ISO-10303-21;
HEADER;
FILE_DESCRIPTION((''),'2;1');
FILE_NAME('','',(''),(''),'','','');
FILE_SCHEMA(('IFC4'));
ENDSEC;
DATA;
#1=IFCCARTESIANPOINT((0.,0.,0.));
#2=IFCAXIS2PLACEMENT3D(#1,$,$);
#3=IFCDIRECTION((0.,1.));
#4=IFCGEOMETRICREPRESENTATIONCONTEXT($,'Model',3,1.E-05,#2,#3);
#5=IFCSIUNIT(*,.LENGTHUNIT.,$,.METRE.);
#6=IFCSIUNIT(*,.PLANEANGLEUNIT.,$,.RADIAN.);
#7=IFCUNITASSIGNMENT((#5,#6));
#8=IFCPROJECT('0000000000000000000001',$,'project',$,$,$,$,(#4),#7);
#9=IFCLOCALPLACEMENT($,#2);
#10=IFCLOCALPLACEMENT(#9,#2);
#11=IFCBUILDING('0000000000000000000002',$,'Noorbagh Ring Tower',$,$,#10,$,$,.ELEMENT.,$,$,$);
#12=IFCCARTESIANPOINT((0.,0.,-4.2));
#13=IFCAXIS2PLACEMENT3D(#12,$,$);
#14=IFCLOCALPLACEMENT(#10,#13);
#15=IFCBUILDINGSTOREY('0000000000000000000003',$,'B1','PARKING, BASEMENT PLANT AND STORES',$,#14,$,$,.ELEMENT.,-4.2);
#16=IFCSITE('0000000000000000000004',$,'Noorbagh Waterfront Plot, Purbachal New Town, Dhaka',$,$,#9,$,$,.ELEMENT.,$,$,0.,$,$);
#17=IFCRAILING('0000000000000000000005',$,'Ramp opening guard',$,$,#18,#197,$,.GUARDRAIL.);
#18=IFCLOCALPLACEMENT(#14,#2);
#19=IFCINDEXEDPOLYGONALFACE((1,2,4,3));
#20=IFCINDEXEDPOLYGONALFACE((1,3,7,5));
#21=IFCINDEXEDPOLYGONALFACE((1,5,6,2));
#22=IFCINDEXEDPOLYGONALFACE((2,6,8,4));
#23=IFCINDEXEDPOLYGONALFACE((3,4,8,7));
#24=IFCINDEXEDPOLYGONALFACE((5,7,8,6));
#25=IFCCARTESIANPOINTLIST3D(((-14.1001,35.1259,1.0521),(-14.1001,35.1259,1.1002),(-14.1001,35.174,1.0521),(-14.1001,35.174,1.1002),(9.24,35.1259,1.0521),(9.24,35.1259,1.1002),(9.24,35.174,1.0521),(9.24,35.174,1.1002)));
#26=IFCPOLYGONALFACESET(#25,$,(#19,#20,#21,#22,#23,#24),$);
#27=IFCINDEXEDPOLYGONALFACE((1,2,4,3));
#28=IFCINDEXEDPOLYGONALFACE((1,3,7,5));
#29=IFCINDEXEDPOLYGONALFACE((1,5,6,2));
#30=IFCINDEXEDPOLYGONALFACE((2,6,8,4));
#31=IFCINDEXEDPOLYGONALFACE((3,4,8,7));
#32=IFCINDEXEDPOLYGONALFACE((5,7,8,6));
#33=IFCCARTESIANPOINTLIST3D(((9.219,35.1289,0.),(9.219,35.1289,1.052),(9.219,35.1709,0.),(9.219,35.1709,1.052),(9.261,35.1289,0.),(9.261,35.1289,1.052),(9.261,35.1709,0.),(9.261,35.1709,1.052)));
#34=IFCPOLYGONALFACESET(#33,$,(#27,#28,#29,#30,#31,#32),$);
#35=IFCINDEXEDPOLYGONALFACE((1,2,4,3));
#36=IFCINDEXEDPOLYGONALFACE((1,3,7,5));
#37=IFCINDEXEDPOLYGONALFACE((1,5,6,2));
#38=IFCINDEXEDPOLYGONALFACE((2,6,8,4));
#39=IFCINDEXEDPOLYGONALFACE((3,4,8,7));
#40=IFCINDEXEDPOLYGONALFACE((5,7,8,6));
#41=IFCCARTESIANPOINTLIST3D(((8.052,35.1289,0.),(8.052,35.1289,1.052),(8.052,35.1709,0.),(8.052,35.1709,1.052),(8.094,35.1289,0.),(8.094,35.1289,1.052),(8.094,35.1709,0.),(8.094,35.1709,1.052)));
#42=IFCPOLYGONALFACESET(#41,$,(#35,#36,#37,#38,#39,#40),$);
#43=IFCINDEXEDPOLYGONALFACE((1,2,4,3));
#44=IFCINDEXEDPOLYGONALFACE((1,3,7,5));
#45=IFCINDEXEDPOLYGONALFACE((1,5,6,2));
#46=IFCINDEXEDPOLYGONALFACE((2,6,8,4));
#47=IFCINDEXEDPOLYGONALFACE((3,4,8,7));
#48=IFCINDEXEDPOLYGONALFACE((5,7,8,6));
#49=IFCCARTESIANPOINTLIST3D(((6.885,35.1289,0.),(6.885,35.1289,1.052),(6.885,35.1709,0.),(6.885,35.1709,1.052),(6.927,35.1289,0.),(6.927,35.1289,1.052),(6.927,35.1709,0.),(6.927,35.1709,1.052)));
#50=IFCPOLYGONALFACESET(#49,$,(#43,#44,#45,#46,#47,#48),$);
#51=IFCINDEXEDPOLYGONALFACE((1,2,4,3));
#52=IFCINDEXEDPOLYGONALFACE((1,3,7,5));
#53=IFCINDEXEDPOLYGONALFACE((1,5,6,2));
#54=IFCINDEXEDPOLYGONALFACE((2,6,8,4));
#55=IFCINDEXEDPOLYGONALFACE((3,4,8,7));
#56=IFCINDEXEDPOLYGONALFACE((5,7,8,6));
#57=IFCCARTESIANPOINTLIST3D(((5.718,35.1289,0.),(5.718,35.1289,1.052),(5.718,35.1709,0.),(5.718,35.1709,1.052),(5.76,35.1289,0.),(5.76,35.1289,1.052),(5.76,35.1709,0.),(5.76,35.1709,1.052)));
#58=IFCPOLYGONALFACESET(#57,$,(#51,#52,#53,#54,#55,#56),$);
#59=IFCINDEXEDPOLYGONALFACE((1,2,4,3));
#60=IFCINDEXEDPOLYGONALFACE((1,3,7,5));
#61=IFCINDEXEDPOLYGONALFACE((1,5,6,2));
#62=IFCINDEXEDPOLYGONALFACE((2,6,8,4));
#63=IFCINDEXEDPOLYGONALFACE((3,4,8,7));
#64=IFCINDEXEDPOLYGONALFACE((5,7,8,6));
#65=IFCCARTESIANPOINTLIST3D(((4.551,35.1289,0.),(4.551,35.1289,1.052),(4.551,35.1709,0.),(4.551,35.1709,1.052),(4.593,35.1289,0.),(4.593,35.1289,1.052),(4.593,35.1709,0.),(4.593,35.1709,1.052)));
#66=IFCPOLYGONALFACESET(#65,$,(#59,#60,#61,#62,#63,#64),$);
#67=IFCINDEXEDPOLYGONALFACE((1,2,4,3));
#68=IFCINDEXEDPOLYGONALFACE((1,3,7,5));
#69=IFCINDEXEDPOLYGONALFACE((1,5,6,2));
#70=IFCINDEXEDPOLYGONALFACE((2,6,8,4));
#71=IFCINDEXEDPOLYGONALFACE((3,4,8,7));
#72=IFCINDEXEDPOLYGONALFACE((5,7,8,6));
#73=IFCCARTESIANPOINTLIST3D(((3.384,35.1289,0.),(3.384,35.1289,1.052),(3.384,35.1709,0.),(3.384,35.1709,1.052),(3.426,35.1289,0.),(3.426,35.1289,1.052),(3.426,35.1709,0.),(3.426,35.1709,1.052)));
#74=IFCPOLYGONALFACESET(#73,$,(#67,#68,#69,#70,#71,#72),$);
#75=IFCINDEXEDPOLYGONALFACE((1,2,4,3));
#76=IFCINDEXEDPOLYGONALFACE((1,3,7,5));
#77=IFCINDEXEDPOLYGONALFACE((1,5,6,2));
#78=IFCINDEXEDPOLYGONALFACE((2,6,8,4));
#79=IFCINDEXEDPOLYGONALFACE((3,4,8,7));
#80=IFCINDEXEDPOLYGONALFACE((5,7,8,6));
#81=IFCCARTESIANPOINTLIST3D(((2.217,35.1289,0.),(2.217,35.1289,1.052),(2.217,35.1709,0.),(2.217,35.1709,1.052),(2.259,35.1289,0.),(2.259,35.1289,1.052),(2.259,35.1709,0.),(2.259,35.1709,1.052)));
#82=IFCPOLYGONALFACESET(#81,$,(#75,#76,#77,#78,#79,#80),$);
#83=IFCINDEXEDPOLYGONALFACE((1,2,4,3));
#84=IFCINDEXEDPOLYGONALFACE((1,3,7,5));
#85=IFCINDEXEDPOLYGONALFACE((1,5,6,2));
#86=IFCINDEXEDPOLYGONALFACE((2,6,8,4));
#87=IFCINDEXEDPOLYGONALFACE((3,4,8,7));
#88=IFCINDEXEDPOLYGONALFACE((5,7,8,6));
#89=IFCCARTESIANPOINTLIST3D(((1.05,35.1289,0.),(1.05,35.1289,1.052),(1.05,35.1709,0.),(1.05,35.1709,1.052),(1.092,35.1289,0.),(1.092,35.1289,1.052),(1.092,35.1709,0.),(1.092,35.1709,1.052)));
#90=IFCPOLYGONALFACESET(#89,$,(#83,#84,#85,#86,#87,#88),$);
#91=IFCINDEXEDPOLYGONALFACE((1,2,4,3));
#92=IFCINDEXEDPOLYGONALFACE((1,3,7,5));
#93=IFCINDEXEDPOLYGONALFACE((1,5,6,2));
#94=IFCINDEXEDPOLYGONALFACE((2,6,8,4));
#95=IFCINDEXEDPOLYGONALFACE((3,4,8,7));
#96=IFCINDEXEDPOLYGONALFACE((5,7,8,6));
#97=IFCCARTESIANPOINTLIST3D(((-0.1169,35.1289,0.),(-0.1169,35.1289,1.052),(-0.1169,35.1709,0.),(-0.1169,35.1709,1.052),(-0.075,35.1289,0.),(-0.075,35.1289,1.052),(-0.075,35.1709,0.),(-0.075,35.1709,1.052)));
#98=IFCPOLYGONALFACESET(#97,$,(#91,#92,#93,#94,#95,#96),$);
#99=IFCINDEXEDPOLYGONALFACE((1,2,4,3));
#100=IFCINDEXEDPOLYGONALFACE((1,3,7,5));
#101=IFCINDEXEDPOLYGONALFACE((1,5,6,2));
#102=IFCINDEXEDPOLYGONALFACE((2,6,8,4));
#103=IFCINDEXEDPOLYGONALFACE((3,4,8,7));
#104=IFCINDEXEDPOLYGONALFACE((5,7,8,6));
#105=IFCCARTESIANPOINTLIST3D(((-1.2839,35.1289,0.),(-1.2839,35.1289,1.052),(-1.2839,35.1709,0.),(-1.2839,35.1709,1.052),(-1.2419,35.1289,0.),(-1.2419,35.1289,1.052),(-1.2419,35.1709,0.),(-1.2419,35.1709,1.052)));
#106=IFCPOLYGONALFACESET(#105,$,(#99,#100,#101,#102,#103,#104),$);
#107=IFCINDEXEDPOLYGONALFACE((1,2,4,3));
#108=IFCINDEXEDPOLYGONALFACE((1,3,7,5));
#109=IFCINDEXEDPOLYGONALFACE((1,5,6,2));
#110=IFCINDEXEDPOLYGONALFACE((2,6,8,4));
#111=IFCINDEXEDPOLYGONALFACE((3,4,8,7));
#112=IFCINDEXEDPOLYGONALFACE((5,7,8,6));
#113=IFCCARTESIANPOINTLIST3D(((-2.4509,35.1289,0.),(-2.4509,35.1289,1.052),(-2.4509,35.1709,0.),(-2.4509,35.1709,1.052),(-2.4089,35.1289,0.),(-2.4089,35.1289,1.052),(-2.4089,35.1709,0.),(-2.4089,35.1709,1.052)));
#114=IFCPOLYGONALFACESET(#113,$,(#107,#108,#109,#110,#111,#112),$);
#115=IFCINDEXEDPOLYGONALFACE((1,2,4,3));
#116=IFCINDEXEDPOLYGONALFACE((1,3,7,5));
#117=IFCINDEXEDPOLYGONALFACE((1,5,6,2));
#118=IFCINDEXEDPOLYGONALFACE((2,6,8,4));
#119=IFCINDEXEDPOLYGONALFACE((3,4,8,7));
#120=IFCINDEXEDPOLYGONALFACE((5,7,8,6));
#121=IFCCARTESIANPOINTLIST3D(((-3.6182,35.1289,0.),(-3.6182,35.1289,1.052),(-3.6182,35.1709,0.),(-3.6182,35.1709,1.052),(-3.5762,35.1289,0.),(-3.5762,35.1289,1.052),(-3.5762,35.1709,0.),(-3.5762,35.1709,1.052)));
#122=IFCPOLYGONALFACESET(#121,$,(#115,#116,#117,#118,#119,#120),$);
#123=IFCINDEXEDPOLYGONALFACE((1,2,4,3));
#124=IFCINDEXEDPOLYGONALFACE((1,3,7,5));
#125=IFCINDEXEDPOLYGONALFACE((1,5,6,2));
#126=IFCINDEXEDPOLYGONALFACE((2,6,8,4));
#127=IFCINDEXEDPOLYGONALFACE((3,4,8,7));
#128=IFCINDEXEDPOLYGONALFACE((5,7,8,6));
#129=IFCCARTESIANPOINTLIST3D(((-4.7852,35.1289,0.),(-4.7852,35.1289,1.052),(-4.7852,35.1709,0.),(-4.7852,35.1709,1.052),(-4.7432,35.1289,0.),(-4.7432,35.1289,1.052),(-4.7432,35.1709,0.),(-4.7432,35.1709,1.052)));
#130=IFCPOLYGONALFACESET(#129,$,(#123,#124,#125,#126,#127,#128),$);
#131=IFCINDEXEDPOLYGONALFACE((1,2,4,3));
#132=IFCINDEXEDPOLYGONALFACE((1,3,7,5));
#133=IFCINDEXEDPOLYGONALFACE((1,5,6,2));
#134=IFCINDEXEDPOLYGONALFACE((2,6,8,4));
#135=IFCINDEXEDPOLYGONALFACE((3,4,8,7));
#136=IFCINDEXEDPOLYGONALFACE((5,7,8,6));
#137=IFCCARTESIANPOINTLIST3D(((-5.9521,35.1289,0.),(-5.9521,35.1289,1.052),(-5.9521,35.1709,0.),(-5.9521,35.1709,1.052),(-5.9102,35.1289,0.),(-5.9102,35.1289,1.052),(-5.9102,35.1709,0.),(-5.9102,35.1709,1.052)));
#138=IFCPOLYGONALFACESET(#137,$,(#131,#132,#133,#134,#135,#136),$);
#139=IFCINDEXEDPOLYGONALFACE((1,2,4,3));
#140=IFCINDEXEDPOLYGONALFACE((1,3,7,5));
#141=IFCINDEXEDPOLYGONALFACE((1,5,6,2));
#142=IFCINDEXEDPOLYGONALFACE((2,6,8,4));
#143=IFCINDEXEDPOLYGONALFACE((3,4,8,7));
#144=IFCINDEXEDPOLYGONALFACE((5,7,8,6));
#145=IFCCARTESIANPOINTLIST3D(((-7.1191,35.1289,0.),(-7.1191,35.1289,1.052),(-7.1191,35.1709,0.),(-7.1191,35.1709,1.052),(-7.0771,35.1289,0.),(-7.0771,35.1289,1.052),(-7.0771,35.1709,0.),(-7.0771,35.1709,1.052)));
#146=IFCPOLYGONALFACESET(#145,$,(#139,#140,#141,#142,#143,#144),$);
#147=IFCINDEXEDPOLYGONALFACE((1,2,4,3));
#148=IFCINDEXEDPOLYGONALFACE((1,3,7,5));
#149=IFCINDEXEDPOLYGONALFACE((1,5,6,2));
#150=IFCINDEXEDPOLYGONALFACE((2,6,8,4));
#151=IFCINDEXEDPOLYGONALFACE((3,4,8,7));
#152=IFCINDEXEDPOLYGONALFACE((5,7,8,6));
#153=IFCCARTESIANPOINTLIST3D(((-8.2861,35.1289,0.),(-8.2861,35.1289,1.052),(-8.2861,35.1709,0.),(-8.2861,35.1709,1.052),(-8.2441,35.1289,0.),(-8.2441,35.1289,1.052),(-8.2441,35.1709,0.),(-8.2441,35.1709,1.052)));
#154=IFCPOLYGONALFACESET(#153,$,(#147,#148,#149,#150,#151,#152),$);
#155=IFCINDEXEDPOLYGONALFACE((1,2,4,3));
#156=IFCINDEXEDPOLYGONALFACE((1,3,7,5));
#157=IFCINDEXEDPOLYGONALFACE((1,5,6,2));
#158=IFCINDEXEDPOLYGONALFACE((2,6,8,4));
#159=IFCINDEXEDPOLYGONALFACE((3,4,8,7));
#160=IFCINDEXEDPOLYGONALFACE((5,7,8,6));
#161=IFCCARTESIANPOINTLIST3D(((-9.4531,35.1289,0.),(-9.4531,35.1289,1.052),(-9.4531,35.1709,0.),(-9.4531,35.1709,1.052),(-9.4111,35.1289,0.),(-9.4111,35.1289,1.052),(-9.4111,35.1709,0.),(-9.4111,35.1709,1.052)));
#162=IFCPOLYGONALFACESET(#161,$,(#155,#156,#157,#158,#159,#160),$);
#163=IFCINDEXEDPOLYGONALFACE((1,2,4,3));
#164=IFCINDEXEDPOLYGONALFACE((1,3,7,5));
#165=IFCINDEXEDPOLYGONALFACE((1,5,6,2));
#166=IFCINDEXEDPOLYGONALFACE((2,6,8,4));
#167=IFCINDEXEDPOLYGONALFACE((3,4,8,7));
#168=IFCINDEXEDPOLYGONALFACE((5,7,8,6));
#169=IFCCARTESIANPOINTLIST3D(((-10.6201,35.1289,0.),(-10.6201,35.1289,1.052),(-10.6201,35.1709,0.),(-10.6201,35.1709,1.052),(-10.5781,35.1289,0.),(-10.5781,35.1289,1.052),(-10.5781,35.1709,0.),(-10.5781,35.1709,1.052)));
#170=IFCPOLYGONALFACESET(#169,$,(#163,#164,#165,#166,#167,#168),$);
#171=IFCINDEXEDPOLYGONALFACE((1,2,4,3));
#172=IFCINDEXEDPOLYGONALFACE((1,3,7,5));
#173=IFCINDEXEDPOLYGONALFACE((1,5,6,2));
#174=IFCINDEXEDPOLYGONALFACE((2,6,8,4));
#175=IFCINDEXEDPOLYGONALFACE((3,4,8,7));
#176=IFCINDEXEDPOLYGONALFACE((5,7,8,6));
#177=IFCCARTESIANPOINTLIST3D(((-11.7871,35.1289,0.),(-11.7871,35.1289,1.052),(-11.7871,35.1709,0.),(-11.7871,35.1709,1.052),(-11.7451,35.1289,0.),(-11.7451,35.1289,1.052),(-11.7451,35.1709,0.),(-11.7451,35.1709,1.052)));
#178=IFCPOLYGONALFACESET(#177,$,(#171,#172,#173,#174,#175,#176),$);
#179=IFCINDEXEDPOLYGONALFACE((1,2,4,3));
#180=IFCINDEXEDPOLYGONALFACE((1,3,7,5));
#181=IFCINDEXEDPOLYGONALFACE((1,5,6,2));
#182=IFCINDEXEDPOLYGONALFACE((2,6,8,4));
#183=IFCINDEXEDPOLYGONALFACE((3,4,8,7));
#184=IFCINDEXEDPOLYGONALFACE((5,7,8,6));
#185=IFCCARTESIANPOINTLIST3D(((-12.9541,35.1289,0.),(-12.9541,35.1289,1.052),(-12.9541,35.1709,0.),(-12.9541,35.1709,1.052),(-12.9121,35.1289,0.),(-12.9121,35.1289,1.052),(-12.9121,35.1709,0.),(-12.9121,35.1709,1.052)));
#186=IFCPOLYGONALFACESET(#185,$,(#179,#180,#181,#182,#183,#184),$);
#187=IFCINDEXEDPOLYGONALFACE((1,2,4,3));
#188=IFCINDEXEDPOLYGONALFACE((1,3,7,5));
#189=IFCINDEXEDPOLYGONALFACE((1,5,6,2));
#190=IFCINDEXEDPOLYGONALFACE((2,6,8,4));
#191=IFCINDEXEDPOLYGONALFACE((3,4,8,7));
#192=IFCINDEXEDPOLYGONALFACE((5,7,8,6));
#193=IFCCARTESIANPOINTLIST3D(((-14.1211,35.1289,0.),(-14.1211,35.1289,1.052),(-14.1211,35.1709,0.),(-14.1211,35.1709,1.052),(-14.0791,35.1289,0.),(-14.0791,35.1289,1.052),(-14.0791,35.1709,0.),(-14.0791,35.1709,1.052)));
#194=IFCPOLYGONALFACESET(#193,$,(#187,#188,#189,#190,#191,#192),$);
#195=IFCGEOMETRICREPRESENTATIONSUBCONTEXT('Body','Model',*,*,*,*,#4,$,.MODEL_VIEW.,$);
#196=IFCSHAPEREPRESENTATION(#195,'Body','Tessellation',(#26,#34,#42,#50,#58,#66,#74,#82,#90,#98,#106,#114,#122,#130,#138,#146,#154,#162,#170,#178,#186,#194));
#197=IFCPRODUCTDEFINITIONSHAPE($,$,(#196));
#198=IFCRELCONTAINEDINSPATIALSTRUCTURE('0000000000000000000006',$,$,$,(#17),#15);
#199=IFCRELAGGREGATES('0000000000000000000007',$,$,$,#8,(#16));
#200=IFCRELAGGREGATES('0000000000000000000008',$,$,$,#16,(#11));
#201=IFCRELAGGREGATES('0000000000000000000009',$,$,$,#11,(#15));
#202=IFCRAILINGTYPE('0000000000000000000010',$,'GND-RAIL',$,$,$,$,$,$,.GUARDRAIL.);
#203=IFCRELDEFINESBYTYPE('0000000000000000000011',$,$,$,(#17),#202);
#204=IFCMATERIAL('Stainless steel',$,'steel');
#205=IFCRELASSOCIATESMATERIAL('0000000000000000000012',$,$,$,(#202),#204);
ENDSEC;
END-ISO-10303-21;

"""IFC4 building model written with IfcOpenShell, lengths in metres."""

from ifc_helpers import new_model, si_unit, direction, frame, origin, origin_2d, place, context, subcontext, project, spatial, rectangle, extrude, material, type_object, element, save


model = new_model("IFC4")

# Units and contexts
model_context = context("Model", 3, precision=1e-05, world=origin(), true_north=direction((0.0, 1.0)))
body_context = subcontext(model_context, "Body", "Model", "MODEL_VIEW")
ifc_project = project(units=[si_unit("LENGTHUNIT", "METRE"), si_unit("PLANEANGLEUNIT", "RADIAN")], contexts=[model_context])

# Site, building, storey
site_placement = place(None, origin())
site = spatial("IfcSite", under=ifc_project, at=site_placement, Name="Noorbagh Waterfront Plot, Purbachal New Town, Dhaka", CompositionType="ELEMENT", RefElevation=0.0)
building_placement = place(site_placement, origin())
building = spatial("IfcBuilding", under=site, at=building_placement, Name="Noorbagh Ring Tower", CompositionType="ELEMENT")
storey_placement = place(building_placement, frame((0.0, 0.0, -4.2)))
storey = spatial("IfcBuildingStorey", under=building, at=storey_placement, Name="B1", Description="PARKING, BASEMENT PLANT AND STORES", CompositionType="ELEMENT", Elevation=-4.2)

# Railing
ifc_material_1 = material(Name="Stainless steel", Category="steel")
railing_type = type_object("IfcRailingType", Name="GND-RAIL", PredefinedType="GUARDRAIL", material=ifc_material_1)
railing_1_placement = place(storey_placement, frame((9.24, 35.1499, 0.0)))
element("IfcRailing", 1, at=railing_1_placement, inside=storey, type_object=railing_type, Name="Ramp opening guard", PredefinedType="GUARDRAIL", context=body_context, shape_type="SweptSolid", body=[
    extrude(rectangle(XDim=0.0481, YDim=0.0481, at=origin_2d()), frame((0.0, 0.0, 1.0762), z_axis=(-1.0, 0.0, 0.0), x_axis=(0.0, -1.0, 0.0)), (0.0, 0.0, 1.0), 23.3401),
    extrude(rectangle(XDim=0.042, YDim=0.042, at=origin_2d()), origin(), (0.0, 0.0, 1.0), 1.052),
    extrude(rectangle(XDim=0.042, YDim=0.042, at=origin_2d()), frame((-1.167, 0.0, 0.0)), (0.0, 0.0, 1.0), 1.052),
    extrude(rectangle(XDim=0.042, YDim=0.042, at=origin_2d()), frame((-2.334, 0.0, 0.0)), (0.0, 0.0, 1.0), 1.052),
    extrude(rectangle(XDim=0.042, YDim=0.042, at=origin_2d()), frame((-3.501, 0.0, 0.0)), (0.0, 0.0, 1.0), 1.052),
    extrude(rectangle(XDim=0.042, YDim=0.042, at=origin_2d()), frame((-4.668, 0.0, 0.0)), (0.0, 0.0, 1.0), 1.052),
    extrude(rectangle(XDim=0.042, YDim=0.042, at=origin_2d()), frame((-5.835, 0.0, 0.0)), (0.0, 0.0, 1.0), 1.052),
    extrude(rectangle(XDim=0.042, YDim=0.042, at=origin_2d()), frame((-7.002, 0.0, 0.0)), (0.0, 0.0, 1.0), 1.052),
    extrude(rectangle(XDim=0.042, YDim=0.042, at=origin_2d()), frame((-8.1689, 0.0, 0.0)), (0.0, 0.0, 1.0), 1.052),
    extrude(rectangle(XDim=0.042, YDim=0.042, at=origin_2d()), frame((-9.3359, 0.0, 0.0)), (0.0, 0.0, 1.0), 1.052),
    extrude(rectangle(XDim=0.042, YDim=0.042, at=origin_2d()), frame((-10.5029, 0.0, 0.0)), (0.0, 0.0, 1.0), 1.052),
    extrude(rectangle(XDim=0.042, YDim=0.042, at=origin_2d()), frame((-11.6699, 0.0, 0.0)), (0.0, 0.0, 1.0), 1.052),
    extrude(rectangle(XDim=0.042, YDim=0.042, at=origin_2d()), frame((-12.8372, 0.0, 0.0)), (0.0, 0.0, 1.0), 1.052),
    extrude(rectangle(XDim=0.042, YDim=0.042, at=origin_2d()), frame((-14.0042, 0.0, 0.0)), (0.0, 0.0, 1.0), 1.052),
    extrude(rectangle(XDim=0.042, YDim=0.042, at=origin_2d()), frame((-15.1711, 0.0, 0.0)), (0.0, 0.0, 1.0), 1.052),
    extrude(rectangle(XDim=0.042, YDim=0.042, at=origin_2d()), frame((-16.3381, 0.0, 0.0)), (0.0, 0.0, 1.0), 1.052),
    extrude(rectangle(XDim=0.042, YDim=0.042, at=origin_2d()), frame((-17.5051, 0.0, 0.0)), (0.0, 0.0, 1.0), 1.052),
    extrude(rectangle(XDim=0.042, YDim=0.042, at=origin_2d()), frame((-18.6721, 0.0, 0.0)), (0.0, 0.0, 1.0), 1.052),
    extrude(rectangle(XDim=0.042, YDim=0.042, at=origin_2d()), frame((-19.8391, 0.0, 0.0)), (0.0, 0.0, 1.0), 1.052),
    extrude(rectangle(XDim=0.042, YDim=0.042, at=origin_2d()), frame((-21.0061, 0.0, 0.0)), (0.0, 0.0, 1.0), 1.052),
    extrude(rectangle(XDim=0.042, YDim=0.042, at=origin_2d()), frame((-22.1731, 0.0, 0.0)), (0.0, 0.0, 1.0), 1.052),
    extrude(rectangle(XDim=0.042, YDim=0.042, at=origin_2d()), frame((-23.3401, 0.0, 0.0)), (0.0, 0.0, 1.0), 1.052),
])

save(model, "model.ifc")
